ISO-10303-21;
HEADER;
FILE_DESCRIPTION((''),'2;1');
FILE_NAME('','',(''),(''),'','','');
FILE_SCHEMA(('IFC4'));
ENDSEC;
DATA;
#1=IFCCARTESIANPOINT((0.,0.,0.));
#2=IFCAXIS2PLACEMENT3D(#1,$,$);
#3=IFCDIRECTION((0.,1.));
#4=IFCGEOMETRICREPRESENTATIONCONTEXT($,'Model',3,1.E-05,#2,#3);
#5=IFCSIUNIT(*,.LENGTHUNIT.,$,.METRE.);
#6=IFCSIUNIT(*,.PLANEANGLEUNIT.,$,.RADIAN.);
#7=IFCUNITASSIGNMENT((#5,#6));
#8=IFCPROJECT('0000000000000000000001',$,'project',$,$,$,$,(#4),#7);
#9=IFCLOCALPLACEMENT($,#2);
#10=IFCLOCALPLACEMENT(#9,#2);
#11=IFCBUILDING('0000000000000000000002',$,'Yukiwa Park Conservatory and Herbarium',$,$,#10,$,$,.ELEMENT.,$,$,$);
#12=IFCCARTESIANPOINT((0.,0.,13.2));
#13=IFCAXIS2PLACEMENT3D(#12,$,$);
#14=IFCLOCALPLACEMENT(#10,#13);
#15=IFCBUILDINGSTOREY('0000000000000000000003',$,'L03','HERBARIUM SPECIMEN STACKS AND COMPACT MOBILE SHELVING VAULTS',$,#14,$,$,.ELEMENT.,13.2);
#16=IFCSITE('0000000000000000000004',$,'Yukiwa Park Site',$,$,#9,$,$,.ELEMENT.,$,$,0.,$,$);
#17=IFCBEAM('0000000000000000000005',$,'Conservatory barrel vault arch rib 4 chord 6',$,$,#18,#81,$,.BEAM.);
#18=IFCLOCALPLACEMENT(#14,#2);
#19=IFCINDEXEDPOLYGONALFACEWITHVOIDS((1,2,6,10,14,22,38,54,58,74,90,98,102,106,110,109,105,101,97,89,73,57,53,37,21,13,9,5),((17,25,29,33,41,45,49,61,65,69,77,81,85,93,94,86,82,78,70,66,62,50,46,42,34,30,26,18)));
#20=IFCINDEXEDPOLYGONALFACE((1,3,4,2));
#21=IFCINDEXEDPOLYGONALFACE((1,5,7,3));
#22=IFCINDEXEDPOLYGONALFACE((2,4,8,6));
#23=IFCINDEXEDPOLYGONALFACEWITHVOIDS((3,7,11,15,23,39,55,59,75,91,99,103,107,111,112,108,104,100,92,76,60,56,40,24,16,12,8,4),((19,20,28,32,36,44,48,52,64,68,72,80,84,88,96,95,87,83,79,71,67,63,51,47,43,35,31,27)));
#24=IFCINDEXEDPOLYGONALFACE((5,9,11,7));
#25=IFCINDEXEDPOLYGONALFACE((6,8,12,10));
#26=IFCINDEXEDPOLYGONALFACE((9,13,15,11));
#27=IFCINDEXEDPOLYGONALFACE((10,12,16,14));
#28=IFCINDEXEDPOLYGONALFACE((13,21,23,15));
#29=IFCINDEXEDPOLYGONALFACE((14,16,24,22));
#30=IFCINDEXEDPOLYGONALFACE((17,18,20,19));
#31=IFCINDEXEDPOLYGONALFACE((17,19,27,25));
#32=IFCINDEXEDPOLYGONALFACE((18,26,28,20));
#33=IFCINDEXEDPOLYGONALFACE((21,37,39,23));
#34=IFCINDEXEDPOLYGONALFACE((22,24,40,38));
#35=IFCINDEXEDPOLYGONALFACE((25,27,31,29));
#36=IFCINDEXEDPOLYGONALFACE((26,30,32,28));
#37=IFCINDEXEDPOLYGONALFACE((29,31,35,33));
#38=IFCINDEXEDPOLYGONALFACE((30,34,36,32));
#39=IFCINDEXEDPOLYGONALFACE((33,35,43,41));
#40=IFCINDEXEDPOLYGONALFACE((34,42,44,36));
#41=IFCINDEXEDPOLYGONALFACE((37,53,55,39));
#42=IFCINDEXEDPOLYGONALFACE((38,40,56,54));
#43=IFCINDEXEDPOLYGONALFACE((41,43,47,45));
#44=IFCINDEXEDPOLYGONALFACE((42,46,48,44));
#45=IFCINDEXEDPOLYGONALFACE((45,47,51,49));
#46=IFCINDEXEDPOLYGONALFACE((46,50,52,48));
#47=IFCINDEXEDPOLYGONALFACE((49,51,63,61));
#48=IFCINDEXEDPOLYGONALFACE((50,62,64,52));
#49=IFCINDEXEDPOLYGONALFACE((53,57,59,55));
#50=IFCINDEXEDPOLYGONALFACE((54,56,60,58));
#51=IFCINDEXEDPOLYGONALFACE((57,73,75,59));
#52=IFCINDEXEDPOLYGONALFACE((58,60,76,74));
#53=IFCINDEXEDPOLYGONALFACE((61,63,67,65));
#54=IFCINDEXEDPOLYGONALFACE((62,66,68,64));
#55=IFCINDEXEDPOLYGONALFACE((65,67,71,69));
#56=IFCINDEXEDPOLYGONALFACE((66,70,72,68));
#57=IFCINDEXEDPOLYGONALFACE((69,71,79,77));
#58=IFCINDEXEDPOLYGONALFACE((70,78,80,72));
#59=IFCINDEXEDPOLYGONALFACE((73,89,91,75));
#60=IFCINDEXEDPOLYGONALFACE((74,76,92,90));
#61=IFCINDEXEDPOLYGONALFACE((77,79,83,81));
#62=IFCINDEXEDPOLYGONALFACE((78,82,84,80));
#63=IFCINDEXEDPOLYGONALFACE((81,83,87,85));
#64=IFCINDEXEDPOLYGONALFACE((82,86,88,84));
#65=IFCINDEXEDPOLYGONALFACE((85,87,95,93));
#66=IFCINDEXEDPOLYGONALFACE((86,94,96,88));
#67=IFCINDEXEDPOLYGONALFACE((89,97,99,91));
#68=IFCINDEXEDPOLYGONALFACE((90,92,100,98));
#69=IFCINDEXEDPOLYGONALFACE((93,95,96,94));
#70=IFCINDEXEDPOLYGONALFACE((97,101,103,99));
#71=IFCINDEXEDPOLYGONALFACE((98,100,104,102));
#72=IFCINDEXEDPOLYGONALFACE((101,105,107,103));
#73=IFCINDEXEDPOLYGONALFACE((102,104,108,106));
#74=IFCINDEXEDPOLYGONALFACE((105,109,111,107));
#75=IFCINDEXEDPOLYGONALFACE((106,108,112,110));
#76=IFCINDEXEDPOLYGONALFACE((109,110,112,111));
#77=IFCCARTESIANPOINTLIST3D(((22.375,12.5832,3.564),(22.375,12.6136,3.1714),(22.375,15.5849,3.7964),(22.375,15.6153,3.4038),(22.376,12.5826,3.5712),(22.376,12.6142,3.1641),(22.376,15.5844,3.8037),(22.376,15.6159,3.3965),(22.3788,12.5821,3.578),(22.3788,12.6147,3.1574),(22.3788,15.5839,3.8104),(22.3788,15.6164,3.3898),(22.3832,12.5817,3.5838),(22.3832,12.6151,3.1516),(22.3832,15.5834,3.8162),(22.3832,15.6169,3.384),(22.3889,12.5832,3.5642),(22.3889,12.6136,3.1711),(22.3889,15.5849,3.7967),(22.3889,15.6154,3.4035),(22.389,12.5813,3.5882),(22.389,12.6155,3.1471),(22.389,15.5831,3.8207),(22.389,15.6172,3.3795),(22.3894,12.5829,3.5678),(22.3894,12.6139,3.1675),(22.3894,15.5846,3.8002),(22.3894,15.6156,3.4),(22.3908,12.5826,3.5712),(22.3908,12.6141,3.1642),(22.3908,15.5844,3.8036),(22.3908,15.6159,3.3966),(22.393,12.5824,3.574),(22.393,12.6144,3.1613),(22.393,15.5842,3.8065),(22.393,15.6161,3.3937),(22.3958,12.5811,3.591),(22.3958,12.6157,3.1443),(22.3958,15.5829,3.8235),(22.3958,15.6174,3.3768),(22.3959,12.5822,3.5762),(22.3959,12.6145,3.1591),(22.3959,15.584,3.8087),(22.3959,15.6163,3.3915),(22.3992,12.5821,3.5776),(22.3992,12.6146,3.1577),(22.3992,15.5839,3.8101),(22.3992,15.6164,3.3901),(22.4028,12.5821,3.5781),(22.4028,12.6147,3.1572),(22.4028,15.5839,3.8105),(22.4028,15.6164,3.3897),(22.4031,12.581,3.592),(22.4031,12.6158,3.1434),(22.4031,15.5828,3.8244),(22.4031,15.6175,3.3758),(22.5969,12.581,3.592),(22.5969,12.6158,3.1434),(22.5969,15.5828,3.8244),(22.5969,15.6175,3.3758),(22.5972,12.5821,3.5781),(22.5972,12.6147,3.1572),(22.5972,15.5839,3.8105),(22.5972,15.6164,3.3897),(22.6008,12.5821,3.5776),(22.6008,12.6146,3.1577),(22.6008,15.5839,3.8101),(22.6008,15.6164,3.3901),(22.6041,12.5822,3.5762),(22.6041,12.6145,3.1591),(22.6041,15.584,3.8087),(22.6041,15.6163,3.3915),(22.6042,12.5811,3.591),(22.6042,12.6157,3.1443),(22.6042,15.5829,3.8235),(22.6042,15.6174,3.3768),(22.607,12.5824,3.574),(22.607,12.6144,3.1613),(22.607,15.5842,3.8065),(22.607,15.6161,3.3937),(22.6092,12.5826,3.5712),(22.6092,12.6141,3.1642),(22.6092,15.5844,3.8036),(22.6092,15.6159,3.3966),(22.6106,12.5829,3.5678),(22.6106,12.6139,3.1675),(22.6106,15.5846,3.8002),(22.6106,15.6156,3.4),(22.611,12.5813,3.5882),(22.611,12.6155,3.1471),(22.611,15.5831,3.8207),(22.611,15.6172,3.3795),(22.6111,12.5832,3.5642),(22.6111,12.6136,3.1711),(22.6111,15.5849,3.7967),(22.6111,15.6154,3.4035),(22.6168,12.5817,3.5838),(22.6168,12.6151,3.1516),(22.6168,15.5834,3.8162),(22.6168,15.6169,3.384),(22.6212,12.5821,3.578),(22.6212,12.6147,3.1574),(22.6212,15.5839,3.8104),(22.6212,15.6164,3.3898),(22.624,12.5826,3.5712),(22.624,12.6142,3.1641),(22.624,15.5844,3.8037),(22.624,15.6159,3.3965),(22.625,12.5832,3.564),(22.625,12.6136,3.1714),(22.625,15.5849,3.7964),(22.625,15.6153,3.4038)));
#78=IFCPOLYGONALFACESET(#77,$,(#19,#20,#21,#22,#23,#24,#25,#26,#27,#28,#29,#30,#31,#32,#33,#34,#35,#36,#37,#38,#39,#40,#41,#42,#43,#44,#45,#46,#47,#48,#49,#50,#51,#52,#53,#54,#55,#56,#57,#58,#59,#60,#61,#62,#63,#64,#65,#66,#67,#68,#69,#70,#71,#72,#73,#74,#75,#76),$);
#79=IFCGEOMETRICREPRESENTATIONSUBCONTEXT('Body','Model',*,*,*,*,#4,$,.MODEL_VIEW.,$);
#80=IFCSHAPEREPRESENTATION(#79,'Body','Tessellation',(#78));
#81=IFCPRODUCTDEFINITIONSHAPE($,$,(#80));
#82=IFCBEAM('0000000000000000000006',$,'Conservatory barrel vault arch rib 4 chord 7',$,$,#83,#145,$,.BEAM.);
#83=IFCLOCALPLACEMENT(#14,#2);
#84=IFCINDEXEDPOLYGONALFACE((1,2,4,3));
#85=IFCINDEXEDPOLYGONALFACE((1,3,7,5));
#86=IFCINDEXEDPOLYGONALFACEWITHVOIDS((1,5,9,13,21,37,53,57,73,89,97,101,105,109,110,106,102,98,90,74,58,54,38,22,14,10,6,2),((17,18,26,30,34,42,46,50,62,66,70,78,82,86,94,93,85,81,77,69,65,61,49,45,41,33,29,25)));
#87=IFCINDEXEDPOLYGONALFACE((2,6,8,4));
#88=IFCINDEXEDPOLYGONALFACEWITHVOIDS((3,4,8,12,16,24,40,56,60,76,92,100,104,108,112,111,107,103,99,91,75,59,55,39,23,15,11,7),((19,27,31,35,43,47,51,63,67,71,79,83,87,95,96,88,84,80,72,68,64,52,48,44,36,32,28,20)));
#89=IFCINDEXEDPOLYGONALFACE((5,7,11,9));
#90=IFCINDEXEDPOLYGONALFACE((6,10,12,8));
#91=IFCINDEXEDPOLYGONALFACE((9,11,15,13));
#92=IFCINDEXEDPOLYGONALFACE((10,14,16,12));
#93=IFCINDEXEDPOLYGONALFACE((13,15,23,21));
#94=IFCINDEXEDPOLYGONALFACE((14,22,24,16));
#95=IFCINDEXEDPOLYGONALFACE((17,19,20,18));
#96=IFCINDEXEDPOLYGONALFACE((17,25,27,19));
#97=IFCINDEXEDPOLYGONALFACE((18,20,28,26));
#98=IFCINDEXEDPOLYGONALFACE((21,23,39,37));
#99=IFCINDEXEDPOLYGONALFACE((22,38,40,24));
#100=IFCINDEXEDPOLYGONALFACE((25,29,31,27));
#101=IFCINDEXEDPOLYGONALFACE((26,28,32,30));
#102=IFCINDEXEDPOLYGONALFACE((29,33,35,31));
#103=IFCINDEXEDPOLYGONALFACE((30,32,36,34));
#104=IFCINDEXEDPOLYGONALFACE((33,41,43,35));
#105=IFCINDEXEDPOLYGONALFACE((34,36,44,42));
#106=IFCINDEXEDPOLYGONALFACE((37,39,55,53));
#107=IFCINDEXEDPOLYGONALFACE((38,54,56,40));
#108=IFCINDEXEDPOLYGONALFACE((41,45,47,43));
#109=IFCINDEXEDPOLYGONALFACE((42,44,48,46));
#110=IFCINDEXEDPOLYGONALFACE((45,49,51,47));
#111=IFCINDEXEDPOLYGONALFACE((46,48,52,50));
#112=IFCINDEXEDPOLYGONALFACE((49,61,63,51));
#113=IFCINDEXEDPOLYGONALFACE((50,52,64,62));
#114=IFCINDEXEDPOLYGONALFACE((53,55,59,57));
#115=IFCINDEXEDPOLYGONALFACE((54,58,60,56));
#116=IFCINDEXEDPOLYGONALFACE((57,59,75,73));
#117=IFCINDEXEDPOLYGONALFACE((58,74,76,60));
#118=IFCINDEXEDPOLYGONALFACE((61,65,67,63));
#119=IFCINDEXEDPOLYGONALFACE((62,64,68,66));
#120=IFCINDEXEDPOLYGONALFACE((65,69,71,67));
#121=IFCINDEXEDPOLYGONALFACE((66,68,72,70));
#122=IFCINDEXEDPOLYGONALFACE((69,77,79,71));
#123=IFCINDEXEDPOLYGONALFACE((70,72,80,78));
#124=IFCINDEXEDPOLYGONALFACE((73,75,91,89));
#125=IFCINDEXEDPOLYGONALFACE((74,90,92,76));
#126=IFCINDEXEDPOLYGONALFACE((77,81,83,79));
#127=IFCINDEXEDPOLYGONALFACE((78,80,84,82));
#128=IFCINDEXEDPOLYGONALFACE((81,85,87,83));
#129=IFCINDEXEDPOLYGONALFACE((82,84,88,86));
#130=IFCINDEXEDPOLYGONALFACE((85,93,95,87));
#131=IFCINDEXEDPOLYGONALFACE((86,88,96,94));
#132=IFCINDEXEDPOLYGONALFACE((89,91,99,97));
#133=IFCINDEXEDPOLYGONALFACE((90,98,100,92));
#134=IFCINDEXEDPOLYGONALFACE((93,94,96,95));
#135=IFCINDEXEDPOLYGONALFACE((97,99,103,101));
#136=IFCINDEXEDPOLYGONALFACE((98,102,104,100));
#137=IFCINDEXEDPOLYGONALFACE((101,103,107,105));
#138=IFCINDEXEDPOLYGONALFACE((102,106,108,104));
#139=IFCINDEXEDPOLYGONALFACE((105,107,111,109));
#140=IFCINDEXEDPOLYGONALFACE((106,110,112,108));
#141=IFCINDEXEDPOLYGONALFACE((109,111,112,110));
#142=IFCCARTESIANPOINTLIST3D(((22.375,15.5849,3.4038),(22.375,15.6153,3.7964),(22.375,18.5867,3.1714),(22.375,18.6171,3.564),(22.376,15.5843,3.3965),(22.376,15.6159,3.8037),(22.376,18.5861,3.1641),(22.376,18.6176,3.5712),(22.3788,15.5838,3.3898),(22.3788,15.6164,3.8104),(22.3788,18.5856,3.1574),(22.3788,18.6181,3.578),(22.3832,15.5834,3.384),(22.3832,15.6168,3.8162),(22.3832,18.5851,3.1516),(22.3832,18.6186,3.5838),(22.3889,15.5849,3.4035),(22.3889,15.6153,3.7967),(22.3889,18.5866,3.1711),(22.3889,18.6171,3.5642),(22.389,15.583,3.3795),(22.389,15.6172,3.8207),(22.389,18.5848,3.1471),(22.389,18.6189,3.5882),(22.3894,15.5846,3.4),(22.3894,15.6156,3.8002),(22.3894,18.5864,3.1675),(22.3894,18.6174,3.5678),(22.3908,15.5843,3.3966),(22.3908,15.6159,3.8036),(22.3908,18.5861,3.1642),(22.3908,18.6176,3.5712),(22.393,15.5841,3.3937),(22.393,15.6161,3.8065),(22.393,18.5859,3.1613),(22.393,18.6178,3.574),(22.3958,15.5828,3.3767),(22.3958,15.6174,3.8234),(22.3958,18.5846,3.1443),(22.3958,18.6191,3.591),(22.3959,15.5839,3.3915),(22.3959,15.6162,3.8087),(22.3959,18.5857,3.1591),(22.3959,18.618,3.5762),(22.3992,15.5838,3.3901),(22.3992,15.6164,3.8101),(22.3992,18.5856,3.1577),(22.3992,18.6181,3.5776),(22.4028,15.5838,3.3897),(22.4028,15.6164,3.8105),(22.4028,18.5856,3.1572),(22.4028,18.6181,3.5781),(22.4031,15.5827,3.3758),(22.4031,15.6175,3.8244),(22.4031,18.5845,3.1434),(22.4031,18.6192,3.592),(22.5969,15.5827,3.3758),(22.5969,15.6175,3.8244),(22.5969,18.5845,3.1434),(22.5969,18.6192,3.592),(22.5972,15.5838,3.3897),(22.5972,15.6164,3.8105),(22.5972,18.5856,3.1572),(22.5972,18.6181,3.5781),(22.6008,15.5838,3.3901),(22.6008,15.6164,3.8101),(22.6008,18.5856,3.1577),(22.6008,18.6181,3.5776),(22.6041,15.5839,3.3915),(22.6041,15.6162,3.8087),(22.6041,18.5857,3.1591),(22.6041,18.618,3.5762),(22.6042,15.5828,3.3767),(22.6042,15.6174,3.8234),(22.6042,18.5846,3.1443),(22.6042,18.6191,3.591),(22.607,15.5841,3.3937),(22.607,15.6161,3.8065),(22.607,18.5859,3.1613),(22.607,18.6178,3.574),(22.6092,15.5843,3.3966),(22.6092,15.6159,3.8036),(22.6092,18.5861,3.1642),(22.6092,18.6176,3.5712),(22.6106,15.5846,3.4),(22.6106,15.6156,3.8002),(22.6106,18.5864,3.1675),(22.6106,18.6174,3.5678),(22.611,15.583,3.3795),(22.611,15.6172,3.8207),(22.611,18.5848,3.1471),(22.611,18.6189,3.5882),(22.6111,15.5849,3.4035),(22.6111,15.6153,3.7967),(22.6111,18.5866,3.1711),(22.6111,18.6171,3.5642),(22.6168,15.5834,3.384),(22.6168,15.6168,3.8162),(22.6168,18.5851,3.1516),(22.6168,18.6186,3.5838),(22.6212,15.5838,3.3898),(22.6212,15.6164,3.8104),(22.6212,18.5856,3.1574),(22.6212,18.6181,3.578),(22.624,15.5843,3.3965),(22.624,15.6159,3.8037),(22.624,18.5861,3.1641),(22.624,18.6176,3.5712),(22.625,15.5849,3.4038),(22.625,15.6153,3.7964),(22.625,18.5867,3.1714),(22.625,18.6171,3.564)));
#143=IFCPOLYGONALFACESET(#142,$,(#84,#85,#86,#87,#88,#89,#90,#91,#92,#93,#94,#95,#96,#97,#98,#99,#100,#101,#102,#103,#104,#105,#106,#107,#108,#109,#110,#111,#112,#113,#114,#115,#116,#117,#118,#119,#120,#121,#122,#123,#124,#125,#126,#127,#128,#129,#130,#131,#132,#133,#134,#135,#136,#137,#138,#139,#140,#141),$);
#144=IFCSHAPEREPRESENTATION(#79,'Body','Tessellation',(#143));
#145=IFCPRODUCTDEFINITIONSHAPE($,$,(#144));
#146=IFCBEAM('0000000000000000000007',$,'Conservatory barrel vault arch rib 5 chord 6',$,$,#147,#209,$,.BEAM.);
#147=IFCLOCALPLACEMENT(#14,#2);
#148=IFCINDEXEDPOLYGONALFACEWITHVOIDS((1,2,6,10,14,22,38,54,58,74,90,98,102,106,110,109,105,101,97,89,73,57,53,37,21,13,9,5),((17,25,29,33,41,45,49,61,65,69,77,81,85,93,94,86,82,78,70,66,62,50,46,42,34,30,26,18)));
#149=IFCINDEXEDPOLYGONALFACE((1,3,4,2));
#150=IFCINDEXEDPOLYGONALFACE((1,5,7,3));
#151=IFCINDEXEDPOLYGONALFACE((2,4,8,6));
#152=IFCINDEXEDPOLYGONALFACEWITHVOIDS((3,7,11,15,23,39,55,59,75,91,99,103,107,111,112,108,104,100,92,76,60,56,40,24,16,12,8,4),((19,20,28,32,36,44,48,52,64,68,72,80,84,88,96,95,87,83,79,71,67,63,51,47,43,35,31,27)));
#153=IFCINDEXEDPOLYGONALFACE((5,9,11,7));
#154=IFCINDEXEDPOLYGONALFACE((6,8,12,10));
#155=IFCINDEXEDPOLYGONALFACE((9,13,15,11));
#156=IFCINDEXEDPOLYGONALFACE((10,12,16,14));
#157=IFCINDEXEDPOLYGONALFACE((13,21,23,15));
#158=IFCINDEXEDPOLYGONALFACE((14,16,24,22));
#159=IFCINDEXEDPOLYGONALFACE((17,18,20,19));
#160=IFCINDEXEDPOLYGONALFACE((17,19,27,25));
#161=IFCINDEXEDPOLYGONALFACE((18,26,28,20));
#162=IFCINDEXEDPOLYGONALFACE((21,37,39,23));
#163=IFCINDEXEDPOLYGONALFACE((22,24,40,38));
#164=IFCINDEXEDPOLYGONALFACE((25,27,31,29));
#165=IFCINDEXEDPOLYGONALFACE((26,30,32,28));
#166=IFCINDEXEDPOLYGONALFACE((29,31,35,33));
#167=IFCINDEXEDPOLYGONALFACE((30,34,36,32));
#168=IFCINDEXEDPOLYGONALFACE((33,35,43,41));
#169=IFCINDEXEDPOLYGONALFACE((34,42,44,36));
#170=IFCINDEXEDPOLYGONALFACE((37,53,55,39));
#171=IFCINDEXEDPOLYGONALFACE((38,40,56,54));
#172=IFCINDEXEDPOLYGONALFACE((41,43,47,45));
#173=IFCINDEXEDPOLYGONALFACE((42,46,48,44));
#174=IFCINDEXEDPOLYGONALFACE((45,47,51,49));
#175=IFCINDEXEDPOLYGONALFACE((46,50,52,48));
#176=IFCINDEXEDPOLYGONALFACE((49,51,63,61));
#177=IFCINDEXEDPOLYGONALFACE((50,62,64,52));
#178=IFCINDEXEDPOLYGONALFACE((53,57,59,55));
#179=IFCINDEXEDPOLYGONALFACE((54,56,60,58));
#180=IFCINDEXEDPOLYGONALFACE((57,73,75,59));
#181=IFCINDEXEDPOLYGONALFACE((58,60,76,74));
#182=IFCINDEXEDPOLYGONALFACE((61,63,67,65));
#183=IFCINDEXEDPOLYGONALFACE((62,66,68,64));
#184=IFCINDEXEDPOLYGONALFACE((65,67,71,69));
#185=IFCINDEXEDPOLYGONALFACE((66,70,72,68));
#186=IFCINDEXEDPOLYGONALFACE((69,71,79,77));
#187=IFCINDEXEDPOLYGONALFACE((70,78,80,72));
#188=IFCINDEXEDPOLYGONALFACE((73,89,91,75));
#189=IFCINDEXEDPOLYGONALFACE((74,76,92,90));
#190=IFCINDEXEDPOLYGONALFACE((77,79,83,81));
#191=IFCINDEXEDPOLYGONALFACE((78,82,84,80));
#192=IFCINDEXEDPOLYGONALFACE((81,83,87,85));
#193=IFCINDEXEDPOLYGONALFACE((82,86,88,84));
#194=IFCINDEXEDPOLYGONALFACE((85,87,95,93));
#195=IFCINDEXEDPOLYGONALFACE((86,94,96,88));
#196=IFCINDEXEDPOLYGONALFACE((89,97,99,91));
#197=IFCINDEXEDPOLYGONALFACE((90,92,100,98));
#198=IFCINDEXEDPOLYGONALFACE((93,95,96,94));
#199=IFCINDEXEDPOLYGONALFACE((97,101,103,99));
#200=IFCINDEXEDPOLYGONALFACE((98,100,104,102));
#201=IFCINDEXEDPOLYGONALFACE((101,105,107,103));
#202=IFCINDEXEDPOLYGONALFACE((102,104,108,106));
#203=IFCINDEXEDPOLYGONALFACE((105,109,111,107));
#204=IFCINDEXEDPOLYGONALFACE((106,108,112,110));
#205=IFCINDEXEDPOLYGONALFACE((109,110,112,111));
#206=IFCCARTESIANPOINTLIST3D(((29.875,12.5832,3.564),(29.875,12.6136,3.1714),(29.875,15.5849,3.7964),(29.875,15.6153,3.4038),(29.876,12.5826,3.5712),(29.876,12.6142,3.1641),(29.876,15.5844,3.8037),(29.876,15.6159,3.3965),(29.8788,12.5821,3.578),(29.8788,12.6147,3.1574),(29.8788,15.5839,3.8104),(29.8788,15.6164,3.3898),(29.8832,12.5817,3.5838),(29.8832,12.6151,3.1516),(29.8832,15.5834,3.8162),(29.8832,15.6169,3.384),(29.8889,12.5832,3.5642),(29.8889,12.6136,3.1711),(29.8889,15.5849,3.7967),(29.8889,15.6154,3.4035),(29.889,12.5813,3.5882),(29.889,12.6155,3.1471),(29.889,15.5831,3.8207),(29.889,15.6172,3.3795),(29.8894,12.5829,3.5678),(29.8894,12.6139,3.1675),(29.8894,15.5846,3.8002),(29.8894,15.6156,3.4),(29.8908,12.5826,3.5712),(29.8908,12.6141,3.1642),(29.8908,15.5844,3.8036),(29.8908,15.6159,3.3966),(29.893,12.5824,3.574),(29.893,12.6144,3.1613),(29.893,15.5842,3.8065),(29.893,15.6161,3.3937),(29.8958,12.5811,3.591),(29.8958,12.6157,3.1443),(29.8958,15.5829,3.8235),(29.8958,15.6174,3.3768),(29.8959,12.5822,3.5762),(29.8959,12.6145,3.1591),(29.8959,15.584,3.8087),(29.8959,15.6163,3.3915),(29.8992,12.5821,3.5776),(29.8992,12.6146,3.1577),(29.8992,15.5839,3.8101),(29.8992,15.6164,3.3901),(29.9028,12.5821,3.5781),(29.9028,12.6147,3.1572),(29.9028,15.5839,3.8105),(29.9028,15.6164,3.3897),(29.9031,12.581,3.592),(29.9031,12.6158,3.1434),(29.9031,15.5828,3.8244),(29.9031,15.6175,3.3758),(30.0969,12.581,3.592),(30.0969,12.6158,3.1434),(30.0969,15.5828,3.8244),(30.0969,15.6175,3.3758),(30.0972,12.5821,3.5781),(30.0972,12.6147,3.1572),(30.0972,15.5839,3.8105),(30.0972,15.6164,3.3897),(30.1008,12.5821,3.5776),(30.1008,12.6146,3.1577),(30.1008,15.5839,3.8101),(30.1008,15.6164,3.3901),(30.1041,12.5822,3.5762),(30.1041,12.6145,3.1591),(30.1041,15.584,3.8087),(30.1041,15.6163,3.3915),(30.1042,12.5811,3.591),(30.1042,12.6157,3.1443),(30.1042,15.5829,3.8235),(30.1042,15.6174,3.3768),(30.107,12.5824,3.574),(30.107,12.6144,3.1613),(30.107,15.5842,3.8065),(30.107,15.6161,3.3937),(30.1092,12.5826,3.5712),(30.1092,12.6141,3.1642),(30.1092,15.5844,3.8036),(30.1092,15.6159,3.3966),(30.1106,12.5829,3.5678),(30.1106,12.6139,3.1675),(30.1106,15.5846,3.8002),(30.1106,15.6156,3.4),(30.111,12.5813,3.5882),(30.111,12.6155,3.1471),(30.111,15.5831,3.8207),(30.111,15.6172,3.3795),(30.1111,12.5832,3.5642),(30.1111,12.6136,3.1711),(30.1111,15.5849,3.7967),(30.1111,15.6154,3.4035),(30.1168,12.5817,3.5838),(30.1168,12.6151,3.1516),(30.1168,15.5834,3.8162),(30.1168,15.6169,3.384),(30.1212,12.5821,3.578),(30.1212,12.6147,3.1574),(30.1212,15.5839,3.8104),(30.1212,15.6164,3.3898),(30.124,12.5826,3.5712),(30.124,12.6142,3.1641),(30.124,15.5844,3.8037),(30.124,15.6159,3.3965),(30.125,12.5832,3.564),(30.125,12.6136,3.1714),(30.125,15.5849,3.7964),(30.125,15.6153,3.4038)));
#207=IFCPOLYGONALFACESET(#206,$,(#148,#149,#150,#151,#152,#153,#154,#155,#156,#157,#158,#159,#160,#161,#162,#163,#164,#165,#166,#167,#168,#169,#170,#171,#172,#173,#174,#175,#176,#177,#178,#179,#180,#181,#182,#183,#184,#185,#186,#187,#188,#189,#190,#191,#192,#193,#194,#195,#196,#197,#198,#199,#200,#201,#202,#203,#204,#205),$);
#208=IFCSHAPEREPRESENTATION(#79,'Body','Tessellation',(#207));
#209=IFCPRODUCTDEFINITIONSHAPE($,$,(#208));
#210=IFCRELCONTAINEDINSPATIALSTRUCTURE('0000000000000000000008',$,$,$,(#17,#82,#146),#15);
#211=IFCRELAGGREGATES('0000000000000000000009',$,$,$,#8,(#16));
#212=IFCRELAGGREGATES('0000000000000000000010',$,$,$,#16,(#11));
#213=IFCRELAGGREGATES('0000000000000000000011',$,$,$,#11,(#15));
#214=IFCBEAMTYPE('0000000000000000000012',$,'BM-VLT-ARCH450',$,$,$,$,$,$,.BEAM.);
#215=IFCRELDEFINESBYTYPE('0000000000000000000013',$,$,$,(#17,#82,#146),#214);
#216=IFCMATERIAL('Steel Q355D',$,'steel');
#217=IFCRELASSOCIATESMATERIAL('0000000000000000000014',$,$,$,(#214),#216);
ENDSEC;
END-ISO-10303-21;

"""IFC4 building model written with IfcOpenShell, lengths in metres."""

from ifc_helpers import new_model, si_unit, direction, frame, origin, origin_2d, place, context, subcontext, project, spatial, hollow_rectangle, extrude, material, material_profile, profile_set, type_object, element, save


model = new_model("IFC4")

# Units and contexts
model_context = context("Model", 3, precision=1e-05, world=origin(), true_north=direction((0.0, 1.0)))
body_context = subcontext(model_context, "Body", "Model", "MODEL_VIEW")
ifc_project = project(units=[si_unit("LENGTHUNIT", "METRE"), si_unit("PLANEANGLEUNIT", "RADIAN")], contexts=[model_context])

# Site, building, storey
site_placement = place(None, origin())
site = spatial("IfcSite", under=ifc_project, at=site_placement, Name="Yukiwa Park Site", CompositionType="ELEMENT", RefElevation=0.0)
building_placement = place(site_placement, origin())
building = spatial("IfcBuilding", under=site, at=building_placement, Name="Yukiwa Park Conservatory and Herbarium", CompositionType="ELEMENT")
storey_placement = place(building_placement, frame((0.0, 0.0, 13.2)))
storey = spatial("IfcBuildingStorey", under=building, at=storey_placement, Name="L03", Description="HERBARIUM SPECIMEN STACKS AND COMPACT MOBILE SHELVING VAULTS", CompositionType="ELEMENT", Elevation=13.2)

# Beams
ifc_material_1 = material(Name="Steel Q355D", Category="steel")
ifc_material_profile_1 = material_profile(ifc_material_1, hollow_rectangle(XDim=0.25, YDim=0.45, WallThickness=0.0139, InnerFilletRadius=0.0139, OuterFilletRadius=0.0281, at=origin_2d()), Name="RHS 450x250x14")
ifc_profile_set_1 = profile_set([ifc_material_profile_1], Name="Steel Q355D")
beam_type = type_object("IfcBeamType", Name="BM-VLT-ARCH450", PredefinedType="BEAM", material=ifc_profile_set_1)
for number, where, z_axis, x_axis, name in (
    (1, (22.5, 12.5984, 3.3677), (0.0, 0.997016, 0.077199), (-1.0, 0.0, 0.0), "Conservatory barrel vault arch rib 4 chord 6"),
    (2, (22.5, 15.6001, 3.6001), (0.0, 0.997016, -0.077199), (-1.0, 0.0, 0.0), "Conservatory barrel vault arch rib 4 chord 7"),
    (3, (30.0, 12.5984, 3.3677), (0.0, 0.997016, 0.077199), (-1.0, 0.0, 0.0), "Conservatory barrel vault arch rib 5 chord 6"),
):
    element("IfcBeam", number, at=place(storey_placement, frame(where, z_axis=z_axis, x_axis=x_axis)), inside=storey, type_object=beam_type, Name=name, PredefinedType="BEAM", context=body_context, shape_type="SweptSolid", body=[
        extrude(hollow_rectangle(XDim=0.25, YDim=0.45, WallThickness=0.0139, InnerFilletRadius=0.0139, OuterFilletRadius=0.0281, at=origin_2d()), origin(), (0.0, 0.0, 1.0), 3.0107),
    ])

save(model, "model.ifc")
